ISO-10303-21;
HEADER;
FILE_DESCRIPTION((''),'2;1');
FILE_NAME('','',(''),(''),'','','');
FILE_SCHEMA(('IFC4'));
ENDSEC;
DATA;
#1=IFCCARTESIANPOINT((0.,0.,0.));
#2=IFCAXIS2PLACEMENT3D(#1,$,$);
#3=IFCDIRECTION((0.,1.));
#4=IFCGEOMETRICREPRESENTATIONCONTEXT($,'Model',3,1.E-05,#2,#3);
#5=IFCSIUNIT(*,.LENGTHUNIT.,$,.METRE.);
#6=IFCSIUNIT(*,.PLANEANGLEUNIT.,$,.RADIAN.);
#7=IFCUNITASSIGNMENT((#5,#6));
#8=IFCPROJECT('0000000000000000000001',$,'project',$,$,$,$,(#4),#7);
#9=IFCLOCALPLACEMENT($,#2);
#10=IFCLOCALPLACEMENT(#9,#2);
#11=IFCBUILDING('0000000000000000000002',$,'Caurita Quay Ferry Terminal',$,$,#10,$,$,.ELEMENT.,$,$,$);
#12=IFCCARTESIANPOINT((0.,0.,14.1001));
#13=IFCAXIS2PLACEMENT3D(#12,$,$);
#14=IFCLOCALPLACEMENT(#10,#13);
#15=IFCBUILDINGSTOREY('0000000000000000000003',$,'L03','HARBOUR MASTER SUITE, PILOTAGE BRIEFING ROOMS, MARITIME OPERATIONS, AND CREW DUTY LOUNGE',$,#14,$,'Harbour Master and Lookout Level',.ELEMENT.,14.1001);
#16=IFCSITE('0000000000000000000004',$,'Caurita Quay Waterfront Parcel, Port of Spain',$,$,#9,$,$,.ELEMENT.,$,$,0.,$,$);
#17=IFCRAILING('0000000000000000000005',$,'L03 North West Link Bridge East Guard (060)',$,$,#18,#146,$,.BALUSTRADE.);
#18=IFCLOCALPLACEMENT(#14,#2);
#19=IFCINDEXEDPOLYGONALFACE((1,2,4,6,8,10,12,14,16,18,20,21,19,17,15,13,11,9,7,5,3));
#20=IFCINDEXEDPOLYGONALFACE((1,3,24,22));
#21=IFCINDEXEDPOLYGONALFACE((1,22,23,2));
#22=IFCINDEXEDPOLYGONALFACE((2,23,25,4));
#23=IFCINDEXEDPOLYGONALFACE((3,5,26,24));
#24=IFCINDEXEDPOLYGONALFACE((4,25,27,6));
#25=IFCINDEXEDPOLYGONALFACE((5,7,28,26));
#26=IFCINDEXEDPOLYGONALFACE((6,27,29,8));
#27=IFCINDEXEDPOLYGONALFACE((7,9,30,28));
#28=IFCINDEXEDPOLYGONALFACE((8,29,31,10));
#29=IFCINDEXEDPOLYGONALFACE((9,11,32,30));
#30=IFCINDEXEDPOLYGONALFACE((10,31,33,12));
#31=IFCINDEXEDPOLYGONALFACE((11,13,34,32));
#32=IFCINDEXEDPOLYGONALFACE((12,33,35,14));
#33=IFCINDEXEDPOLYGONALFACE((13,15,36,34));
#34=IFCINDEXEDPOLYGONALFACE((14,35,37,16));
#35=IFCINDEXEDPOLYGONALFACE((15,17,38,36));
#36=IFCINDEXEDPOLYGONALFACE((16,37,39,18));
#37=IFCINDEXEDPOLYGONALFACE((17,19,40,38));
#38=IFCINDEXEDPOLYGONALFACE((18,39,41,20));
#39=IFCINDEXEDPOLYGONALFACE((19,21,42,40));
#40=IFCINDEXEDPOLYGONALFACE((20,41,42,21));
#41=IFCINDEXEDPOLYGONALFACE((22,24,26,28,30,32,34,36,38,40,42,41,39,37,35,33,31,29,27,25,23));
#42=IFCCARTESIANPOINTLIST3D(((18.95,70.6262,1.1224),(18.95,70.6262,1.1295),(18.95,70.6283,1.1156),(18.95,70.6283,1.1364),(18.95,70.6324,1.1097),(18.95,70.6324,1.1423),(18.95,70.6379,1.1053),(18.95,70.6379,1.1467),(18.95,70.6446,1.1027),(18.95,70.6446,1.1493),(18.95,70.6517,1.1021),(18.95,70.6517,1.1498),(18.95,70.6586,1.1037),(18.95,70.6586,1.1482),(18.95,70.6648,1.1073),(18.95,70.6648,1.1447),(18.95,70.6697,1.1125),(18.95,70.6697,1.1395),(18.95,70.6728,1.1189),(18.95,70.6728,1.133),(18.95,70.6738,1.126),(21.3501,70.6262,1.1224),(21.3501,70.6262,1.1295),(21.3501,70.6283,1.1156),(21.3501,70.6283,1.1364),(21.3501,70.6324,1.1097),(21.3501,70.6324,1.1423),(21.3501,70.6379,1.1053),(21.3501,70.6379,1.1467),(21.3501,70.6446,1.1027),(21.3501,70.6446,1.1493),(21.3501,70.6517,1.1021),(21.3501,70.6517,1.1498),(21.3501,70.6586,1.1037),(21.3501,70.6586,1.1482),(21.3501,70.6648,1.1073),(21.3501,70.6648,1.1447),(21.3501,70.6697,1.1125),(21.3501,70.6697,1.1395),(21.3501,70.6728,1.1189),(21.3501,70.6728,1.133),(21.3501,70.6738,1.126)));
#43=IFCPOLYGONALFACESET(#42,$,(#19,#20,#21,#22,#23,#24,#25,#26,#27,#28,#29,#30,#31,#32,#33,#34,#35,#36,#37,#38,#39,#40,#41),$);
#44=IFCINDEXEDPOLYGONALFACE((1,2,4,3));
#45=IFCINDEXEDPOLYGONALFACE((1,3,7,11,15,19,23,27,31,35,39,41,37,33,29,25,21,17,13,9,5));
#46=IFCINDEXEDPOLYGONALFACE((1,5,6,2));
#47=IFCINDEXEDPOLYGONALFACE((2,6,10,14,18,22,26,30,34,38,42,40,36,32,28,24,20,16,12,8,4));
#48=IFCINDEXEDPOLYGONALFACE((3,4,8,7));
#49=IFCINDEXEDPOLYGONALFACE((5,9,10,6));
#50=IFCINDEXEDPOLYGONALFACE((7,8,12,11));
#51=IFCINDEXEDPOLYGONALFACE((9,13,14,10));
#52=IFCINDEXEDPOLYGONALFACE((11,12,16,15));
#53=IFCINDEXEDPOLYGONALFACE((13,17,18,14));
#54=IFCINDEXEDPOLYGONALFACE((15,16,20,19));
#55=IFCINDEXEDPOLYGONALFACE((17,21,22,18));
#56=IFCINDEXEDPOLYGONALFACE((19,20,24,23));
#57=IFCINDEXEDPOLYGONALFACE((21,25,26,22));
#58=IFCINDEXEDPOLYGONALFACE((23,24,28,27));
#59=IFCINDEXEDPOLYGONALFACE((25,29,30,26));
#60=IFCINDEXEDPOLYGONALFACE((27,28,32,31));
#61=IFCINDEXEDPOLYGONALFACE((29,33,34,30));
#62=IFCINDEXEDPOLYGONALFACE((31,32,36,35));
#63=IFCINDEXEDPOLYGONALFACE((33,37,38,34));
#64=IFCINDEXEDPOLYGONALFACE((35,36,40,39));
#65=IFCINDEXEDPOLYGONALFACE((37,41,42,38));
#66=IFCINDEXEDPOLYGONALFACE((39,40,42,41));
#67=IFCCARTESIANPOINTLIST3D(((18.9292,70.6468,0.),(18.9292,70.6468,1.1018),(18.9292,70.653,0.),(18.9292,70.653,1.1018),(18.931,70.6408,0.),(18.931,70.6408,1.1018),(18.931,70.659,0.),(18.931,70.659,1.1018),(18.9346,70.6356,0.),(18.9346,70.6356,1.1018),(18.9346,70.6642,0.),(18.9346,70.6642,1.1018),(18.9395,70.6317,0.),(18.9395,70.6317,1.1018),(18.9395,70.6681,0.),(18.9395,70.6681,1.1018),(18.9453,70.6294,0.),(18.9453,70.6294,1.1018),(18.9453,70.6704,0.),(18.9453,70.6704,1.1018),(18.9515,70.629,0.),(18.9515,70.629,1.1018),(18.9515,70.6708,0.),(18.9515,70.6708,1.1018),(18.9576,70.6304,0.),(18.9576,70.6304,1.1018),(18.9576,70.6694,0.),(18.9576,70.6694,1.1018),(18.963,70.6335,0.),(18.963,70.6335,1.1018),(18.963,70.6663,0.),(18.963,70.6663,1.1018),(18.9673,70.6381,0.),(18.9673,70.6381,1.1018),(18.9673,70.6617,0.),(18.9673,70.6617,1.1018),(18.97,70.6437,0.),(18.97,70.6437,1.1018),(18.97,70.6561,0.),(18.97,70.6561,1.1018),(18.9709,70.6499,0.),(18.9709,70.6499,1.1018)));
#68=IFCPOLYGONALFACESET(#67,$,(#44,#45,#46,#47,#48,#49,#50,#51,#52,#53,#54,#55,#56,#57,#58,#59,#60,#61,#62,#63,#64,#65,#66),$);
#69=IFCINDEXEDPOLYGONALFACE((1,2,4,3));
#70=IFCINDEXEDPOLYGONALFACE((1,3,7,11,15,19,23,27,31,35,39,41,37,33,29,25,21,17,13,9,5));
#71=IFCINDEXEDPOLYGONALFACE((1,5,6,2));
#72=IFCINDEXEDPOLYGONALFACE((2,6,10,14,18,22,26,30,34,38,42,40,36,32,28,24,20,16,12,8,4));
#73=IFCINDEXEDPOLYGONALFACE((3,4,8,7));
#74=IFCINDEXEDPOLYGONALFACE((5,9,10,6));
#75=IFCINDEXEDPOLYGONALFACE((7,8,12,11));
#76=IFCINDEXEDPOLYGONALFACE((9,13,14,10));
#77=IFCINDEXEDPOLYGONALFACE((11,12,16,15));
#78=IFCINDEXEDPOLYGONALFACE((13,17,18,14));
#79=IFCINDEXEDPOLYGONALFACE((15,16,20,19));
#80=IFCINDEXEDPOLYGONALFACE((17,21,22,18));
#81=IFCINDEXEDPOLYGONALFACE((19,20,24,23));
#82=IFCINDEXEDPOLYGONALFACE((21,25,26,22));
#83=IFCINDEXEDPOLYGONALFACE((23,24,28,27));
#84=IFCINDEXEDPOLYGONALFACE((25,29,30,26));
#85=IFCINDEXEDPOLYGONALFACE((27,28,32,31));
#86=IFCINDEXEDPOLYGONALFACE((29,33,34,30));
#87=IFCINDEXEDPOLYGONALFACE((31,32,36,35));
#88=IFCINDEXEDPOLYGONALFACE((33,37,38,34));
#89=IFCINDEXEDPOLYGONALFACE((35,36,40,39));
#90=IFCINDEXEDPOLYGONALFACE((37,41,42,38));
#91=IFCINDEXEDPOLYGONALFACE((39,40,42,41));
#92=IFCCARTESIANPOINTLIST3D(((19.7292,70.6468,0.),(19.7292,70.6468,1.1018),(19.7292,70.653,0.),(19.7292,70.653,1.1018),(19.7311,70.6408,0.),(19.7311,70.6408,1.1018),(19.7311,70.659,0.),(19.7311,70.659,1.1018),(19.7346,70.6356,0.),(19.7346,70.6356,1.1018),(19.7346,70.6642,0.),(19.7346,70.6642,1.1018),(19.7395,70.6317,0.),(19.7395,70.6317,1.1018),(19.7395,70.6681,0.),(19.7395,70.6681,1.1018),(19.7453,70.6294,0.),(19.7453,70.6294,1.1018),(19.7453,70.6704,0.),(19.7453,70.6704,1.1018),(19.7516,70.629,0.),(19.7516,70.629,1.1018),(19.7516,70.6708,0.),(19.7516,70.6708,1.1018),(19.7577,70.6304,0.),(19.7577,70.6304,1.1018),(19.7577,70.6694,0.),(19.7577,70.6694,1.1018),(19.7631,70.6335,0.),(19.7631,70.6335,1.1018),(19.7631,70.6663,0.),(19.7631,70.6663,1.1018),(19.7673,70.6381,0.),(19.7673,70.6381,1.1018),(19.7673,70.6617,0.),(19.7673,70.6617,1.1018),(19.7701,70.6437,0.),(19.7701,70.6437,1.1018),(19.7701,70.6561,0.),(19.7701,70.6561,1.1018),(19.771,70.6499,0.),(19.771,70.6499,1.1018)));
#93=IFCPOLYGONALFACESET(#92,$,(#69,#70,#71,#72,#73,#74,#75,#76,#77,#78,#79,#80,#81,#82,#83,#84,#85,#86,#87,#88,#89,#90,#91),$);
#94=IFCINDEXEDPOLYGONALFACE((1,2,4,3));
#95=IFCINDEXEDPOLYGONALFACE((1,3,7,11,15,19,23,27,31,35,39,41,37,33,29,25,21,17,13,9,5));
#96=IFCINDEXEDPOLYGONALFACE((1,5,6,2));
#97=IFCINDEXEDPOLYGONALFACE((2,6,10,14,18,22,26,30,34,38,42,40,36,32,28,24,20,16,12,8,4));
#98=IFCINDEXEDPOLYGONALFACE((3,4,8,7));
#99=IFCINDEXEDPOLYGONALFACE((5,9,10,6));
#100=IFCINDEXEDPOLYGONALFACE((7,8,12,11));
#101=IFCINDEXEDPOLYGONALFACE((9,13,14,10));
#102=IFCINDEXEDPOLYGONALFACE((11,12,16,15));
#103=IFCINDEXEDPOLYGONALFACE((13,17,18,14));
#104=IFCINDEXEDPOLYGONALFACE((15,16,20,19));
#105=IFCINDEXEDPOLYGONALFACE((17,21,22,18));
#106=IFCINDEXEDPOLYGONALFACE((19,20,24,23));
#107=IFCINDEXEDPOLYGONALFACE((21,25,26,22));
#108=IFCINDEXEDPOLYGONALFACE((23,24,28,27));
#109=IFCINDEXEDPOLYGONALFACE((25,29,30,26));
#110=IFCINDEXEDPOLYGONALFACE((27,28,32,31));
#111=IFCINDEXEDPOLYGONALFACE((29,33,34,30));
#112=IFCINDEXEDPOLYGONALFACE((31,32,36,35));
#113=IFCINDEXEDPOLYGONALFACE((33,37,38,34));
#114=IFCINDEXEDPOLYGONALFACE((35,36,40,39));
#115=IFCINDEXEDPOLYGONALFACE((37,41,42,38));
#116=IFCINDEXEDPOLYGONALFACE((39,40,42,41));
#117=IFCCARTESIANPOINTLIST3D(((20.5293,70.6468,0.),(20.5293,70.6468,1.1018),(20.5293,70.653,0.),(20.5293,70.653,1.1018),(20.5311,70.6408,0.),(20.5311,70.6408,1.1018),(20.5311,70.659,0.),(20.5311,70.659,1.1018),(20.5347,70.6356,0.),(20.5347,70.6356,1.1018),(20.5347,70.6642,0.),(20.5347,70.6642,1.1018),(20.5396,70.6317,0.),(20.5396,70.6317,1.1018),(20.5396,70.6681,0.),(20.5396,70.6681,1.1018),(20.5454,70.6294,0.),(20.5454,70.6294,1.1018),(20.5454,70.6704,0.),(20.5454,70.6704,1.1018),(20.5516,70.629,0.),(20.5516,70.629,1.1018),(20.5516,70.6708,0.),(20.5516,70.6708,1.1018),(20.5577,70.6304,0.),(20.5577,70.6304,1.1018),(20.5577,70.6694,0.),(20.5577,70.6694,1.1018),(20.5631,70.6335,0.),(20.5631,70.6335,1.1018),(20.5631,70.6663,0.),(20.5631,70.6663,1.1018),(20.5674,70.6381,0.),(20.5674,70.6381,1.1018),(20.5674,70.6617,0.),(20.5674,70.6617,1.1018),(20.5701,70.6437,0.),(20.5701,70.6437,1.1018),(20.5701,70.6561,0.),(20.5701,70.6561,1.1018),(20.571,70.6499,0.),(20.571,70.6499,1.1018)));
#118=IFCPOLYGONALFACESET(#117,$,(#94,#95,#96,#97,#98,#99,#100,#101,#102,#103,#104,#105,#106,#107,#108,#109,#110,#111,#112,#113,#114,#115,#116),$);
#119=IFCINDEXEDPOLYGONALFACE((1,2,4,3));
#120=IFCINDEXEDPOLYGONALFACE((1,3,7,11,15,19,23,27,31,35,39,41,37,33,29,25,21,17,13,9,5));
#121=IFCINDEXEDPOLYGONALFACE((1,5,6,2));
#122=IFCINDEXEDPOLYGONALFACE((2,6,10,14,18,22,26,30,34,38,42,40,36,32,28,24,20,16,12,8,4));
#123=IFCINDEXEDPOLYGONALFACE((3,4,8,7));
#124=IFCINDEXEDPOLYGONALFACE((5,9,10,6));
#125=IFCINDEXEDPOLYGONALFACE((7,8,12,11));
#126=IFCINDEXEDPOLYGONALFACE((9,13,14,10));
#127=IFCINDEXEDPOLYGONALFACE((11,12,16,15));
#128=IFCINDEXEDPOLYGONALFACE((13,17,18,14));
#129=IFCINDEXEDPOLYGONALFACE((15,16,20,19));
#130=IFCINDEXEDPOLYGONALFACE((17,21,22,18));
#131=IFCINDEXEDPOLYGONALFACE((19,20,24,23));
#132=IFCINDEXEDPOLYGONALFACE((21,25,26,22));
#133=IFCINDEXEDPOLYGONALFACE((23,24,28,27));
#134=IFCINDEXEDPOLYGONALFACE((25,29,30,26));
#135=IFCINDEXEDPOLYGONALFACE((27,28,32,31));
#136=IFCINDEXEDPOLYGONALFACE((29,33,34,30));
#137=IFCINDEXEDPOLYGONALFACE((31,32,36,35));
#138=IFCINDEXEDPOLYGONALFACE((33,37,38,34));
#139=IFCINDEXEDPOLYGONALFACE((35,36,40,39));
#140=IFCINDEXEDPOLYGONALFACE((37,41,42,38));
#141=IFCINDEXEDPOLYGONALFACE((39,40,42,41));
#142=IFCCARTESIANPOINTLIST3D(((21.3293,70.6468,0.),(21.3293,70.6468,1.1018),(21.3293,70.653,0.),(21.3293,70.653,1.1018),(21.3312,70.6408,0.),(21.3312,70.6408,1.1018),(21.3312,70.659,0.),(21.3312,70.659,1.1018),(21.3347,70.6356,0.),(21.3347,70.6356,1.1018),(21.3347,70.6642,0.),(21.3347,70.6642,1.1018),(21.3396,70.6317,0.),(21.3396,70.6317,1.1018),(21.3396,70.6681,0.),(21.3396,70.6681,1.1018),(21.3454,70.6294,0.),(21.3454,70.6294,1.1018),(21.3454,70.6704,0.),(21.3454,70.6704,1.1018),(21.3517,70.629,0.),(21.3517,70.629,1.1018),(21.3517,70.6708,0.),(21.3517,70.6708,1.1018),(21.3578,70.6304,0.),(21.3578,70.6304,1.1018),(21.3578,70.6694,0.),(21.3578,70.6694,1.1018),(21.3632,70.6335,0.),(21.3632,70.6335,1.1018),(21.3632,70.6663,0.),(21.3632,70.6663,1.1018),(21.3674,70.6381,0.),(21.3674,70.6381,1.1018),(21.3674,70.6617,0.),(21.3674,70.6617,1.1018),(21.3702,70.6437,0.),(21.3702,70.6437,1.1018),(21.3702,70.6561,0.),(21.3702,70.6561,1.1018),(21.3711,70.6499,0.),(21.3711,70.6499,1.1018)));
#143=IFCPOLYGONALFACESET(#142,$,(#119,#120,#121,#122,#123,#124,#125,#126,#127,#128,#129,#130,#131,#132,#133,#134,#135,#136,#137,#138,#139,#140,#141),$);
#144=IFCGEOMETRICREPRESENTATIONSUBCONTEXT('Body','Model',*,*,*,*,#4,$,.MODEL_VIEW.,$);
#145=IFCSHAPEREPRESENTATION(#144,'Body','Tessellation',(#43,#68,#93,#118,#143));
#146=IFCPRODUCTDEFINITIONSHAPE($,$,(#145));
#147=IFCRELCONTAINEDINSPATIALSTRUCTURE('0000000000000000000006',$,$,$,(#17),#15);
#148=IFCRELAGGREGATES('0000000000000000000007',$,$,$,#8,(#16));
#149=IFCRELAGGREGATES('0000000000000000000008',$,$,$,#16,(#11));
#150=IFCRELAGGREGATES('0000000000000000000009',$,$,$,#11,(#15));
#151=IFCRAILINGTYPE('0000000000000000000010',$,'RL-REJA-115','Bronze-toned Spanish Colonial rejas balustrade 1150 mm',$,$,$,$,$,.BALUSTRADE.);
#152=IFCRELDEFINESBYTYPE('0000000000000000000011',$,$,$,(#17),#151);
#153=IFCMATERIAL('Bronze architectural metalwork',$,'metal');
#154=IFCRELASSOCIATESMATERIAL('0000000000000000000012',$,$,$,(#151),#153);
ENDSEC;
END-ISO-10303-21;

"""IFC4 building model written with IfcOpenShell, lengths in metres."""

from ifc_helpers import new_model, si_unit, direction, frame, origin, origin_2d, place, context, subcontext, project, spatial, circle, extrude, material, type_object, element, save


model = new_model("IFC4")

# Units and contexts
model_context = context("Model", 3, precision=1e-05, world=origin(), true_north=direction((0.0, 1.0)))
body_context = subcontext(model_context, "Body", "Model", "MODEL_VIEW")
ifc_project = project(units=[si_unit("LENGTHUNIT", "METRE"), si_unit("PLANEANGLEUNIT", "RADIAN")], contexts=[model_context])

# Site, building, storey
site_placement = place(None, origin())
site = spatial("IfcSite", under=ifc_project, at=site_placement, Name="Caurita Quay Waterfront Parcel, Port of Spain", CompositionType="ELEMENT", RefElevation=0.0)
building_placement = place(site_placement, origin())
building = spatial("IfcBuilding", under=site, at=building_placement, Name="Caurita Quay Ferry Terminal", CompositionType="ELEMENT")
storey_placement = place(building_placement, frame((0.0, 0.0, 14.1001)))
storey = spatial("IfcBuildingStorey", under=building, at=storey_placement, Name="L03", Description="HARBOUR MASTER SUITE, PILOTAGE BRIEFING ROOMS, MARITIME OPERATIONS, AND CREW DUTY LOUNGE", LongName="Harbour Master and Lookout Level", CompositionType="ELEMENT", Elevation=14.1001)

# Shared definitions
ifc_material_1 = material(Name="Bronze architectural metalwork", Category="metal")

# Railing
railing_type = type_object("IfcRailingType", Name="RL-REJA-115", Description="Bronze-toned Spanish Colonial rejas balustrade 1150 mm", PredefinedType="BALUSTRADE", material=ifc_material_1)
railing_1_placement = place(storey_placement, frame((18.95, 70.6499, 0.0)))
element("IfcRailing", 1, at=railing_1_placement, inside=storey, type_object=railing_type, Name="L03 North West Link Bridge East Guard (060)", PredefinedType="BALUSTRADE", context=body_context, shape_type="SweptSolid", body=[
    extrude(circle(Radius=0.0239, at=origin_2d()), frame((0.0, 0.0, 1.126), z_axis=(1.0, 0.0, 0.0), x_axis=(0.0, 1.0, 0.0)), (0.0, 0.0, 1.0), 2.4001),
    extrude(circle(Radius=0.021, at=origin_2d()), origin(), (0.0, 0.0, 1.0), 1.1018),
    extrude(circle(Radius=0.021, at=origin_2d()), frame((0.8, 0.0, 0.0)), (0.0, 0.0, 1.0), 1.1018),
    extrude(circle(Radius=0.021, at=origin_2d()), frame((1.6001, 0.0, 0.0)), (0.0, 0.0, 1.0), 1.1018),
    extrude(circle(Radius=0.021, at=origin_2d()), frame((2.4001, 0.0, 0.0)), (0.0, 0.0, 1.0), 1.1018),
])

save(model, "model.ifc")
